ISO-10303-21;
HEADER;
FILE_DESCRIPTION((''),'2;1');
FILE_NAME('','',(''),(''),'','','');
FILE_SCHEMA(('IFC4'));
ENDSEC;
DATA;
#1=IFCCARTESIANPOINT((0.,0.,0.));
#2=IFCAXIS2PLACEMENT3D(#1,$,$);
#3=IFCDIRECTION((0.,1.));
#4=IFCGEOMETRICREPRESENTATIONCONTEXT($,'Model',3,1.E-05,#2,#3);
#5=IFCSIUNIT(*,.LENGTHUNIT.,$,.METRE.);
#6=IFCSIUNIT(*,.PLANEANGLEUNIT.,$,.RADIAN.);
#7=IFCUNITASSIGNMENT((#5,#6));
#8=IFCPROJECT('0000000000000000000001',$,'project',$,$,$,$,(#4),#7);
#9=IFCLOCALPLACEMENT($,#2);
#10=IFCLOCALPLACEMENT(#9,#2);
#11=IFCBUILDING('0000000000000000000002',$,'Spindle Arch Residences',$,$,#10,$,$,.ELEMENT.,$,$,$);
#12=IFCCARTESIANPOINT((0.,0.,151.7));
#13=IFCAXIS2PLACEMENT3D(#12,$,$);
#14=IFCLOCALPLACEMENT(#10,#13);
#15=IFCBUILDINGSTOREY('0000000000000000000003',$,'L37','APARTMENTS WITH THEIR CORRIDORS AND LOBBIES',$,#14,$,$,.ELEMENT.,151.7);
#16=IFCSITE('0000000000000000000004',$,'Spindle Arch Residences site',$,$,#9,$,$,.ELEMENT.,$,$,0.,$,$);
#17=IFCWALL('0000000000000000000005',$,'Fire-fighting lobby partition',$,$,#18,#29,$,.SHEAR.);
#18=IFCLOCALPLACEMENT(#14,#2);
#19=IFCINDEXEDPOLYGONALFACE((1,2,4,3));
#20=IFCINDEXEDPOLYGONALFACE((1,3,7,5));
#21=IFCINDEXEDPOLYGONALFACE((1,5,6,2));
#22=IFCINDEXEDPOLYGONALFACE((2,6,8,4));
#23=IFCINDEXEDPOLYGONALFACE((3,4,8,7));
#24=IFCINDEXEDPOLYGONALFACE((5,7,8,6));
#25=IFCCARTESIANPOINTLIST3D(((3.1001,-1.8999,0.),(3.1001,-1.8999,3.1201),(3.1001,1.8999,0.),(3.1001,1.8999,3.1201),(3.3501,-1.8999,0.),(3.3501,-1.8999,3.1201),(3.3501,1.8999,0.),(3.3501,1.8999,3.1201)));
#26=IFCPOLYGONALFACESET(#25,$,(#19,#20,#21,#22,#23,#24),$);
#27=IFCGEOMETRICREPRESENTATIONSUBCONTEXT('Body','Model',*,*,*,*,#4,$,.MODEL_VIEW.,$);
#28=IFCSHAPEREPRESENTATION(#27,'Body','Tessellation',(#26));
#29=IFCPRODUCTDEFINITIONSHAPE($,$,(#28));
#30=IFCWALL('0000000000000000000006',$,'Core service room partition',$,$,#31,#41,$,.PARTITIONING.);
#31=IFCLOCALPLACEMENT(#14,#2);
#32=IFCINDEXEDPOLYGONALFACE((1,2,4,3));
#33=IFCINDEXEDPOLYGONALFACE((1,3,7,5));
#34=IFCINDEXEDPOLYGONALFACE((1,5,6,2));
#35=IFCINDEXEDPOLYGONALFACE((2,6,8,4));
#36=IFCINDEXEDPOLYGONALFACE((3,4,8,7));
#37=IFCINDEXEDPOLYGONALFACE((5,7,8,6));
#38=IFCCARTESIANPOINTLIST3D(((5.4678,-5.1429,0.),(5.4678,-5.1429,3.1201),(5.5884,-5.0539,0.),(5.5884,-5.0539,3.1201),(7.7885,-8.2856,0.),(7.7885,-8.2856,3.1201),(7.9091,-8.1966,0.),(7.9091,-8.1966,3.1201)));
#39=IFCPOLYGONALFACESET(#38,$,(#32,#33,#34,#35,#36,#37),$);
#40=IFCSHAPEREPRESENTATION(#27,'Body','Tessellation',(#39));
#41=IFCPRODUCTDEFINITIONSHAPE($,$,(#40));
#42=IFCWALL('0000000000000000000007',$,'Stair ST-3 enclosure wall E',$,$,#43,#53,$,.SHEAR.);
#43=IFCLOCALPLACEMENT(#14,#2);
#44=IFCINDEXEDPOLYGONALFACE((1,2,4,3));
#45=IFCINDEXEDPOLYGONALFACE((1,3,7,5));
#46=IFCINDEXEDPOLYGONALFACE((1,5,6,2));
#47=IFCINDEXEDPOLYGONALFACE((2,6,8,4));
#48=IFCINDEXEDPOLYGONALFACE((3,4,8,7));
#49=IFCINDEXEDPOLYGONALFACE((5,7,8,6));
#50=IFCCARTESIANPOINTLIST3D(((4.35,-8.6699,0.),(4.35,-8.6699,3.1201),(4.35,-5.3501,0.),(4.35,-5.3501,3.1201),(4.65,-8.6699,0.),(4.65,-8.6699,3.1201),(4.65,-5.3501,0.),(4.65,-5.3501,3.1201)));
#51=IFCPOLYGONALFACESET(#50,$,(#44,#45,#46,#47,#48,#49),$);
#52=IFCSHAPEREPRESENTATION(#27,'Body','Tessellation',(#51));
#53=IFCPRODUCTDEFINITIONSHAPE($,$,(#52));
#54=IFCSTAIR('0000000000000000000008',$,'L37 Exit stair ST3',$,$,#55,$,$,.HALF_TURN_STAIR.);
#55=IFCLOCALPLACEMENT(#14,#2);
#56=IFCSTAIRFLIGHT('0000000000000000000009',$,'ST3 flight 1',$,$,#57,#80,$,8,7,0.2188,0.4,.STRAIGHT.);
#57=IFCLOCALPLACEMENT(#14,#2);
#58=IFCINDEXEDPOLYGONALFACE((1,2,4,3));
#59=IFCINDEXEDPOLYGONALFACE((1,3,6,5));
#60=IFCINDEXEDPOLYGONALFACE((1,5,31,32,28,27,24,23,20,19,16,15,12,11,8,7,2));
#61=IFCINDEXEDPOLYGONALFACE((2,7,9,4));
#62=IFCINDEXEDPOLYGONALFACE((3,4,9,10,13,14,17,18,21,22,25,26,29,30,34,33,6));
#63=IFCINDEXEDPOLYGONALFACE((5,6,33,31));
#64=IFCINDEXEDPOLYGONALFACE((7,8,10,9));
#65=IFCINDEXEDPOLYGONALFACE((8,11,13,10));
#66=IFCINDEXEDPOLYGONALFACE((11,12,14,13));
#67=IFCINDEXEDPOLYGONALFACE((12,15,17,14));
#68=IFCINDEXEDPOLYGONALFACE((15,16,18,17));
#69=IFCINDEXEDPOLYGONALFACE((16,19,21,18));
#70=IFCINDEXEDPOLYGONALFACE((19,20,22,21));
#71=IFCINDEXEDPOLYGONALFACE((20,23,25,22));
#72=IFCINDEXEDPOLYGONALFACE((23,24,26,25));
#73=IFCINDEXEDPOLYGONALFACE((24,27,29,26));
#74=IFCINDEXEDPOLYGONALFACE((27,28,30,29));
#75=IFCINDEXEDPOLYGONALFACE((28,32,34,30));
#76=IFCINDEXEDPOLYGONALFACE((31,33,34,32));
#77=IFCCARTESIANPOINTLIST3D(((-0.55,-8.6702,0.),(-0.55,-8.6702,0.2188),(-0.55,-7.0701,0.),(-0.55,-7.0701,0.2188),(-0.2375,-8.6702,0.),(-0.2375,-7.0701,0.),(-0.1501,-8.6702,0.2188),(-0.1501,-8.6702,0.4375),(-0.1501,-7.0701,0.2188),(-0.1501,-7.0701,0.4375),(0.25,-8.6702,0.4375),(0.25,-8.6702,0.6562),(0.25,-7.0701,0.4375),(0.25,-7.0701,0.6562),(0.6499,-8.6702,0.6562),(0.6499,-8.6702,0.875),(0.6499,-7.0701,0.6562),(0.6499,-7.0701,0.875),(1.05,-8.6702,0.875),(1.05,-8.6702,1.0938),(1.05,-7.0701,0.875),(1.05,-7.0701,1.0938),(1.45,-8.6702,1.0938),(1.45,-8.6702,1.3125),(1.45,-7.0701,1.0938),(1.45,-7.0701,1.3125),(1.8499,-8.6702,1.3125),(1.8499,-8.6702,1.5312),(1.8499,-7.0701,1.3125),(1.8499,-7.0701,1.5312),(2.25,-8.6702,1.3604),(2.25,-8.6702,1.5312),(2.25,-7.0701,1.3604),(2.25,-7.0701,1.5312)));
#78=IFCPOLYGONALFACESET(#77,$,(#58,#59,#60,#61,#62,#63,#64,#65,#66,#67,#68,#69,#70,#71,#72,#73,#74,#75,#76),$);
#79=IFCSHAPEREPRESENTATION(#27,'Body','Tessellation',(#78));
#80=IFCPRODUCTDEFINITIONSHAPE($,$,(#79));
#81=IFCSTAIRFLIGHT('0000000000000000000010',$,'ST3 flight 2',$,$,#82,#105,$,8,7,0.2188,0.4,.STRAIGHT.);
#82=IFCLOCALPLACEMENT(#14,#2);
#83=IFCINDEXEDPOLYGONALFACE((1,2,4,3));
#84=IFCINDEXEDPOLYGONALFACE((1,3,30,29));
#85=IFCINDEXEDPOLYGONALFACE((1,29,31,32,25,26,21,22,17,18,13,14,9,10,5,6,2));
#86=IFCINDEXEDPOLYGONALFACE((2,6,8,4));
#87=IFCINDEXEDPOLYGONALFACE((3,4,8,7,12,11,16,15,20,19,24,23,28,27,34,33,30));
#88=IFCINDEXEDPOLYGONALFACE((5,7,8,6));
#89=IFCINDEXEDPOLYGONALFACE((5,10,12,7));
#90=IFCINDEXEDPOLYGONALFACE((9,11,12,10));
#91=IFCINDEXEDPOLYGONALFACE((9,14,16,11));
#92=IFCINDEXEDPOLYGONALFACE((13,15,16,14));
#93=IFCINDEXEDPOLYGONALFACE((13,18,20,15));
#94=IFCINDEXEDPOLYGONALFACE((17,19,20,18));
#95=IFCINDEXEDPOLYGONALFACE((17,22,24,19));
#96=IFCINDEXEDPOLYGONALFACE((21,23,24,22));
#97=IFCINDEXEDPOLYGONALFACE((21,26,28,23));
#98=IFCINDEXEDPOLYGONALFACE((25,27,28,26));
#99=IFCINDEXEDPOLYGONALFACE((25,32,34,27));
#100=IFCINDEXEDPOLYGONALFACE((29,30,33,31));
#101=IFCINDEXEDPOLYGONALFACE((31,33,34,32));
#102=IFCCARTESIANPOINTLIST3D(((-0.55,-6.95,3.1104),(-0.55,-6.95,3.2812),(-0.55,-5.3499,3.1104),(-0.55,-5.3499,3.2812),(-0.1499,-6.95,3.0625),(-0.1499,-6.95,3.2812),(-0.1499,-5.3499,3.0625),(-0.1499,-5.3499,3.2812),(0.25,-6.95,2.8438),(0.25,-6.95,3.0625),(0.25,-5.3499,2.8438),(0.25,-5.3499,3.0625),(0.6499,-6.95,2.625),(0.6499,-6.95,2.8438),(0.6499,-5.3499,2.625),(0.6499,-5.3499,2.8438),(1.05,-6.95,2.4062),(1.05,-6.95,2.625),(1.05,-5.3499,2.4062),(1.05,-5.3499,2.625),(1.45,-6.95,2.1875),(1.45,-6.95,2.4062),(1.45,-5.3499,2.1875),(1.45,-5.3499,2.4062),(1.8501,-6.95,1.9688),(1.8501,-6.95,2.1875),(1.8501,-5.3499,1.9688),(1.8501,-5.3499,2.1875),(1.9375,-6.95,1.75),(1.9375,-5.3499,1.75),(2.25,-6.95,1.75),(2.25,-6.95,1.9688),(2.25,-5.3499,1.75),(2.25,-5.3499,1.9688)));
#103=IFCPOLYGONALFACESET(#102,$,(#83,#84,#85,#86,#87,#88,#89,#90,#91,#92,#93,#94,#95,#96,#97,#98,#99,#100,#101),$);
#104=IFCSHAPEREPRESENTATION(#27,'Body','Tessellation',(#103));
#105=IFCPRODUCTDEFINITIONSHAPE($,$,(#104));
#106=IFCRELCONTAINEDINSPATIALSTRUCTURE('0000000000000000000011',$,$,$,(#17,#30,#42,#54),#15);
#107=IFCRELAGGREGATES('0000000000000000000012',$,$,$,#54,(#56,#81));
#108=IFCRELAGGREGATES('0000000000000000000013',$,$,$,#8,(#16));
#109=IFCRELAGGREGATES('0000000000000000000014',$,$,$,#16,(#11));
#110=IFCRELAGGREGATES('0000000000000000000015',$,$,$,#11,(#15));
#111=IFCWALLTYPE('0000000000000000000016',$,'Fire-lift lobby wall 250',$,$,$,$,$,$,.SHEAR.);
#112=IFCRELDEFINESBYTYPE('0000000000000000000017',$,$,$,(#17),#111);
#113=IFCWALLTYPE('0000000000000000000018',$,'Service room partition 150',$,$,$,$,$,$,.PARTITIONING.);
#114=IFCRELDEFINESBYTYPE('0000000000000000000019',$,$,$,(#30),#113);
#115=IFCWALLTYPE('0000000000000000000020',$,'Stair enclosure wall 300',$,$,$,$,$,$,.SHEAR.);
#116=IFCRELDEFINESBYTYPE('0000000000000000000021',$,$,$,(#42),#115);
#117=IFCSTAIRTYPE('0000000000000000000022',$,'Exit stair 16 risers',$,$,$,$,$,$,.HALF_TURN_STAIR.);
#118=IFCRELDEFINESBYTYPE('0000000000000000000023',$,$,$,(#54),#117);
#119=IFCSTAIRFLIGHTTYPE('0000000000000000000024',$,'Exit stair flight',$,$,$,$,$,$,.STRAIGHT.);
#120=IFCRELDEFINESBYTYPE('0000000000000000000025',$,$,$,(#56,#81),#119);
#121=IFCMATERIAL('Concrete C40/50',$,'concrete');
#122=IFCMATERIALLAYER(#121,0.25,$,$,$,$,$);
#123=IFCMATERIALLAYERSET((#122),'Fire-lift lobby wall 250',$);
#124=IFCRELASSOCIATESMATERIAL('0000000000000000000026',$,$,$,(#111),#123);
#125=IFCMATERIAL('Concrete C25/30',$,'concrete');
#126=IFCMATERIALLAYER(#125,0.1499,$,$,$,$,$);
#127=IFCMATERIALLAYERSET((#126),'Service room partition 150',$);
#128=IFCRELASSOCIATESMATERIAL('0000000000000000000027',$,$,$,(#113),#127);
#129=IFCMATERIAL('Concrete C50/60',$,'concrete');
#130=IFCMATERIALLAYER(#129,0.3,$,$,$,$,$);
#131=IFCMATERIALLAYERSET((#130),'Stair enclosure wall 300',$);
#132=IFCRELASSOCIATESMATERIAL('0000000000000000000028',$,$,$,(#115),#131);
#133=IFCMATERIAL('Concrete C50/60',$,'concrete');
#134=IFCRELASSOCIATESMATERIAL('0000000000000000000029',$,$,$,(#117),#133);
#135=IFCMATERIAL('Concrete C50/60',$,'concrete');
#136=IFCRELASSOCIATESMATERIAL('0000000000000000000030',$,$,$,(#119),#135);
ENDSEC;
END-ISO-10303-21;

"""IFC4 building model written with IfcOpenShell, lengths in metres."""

from ifc_helpers import new_model, si_unit, direction, frame, frame_2d, origin, place, context, subcontext, project, spatial, polyline, rectangle, outline, extrude, material, layer, layer_set, type_object, element, aggregate, save


model = new_model("IFC4")

# Units and contexts
model_context = context("Model", 3, precision=1e-05, world=origin(), true_north=direction((0.0, 1.0)))
body_context = subcontext(model_context, "Body", "Model", "MODEL_VIEW")
ifc_project = project(units=[si_unit("LENGTHUNIT", "METRE"), si_unit("PLANEANGLEUNIT", "RADIAN")], contexts=[model_context])

# Site, building, storey
site_placement = place(None, origin())
site = spatial("IfcSite", under=ifc_project, at=site_placement, Name="Spindle Arch Residences site", CompositionType="ELEMENT", RefElevation=0.0)
building_placement = place(site_placement, origin())
building = spatial("IfcBuilding", under=site, at=building_placement, Name="Spindle Arch Residences", CompositionType="ELEMENT")
storey_placement = place(building_placement, frame((0.0, 0.0, 151.7)))
storey = spatial("IfcBuildingStorey", under=building, at=storey_placement, Name="L37", Description="APARTMENTS WITH THEIR CORRIDORS AND LOBBIES", CompositionType="ELEMENT", Elevation=151.7)

# Wall
ifc_material_1 = material(Name="Concrete C40/50", Category="concrete")
ifc_layer_1 = layer(ifc_material_1, 0.25)
ifc_layer_set_1 = layer_set([ifc_layer_1], Name="Fire-lift lobby wall 250")
wall_type_1 = type_object("IfcWallType", Name="Fire-lift lobby wall 250", PredefinedType="SHEAR", material=ifc_layer_set_1)
wall_1_placement = place(storey_placement, frame((3.2251, -1.8999, 0.0), z_axis=(0.0, 0.0, 1.0), x_axis=(0.0, 1.0, 0.0)))
element("IfcWall", 1, at=wall_1_placement, inside=storey, type_object=wall_type_1, Name="Fire-fighting lobby partition", PredefinedType="SHEAR", context=body_context, shape_type="SweptSolid", body=[
    extrude(rectangle(XDim=3.7998, YDim=0.25, at=frame_2d((1.8999, 0.0))), origin(), (0.0, 0.0, 1.0), 3.1201),
])

# Walls
ifc_material_2 = material(Name="Concrete C25/30", Category="concrete")
ifc_layer_2 = layer(ifc_material_2, 0.1499)
ifc_layer_set_2 = layer_set([ifc_layer_2], Name="Service room partition 150")
wall_type_2 = type_object("IfcWallType", Name="Service room partition 150", PredefinedType="PARTITIONING", material=ifc_layer_set_2)
wall_2_placement = place(storey_placement, frame((5.5281, -5.0984, 0.0), z_axis=(0.0, 0.0, 1.0), x_axis=(0.594034, -0.80444, 0.0)))
element("IfcWall", 2, at=wall_2_placement, inside=storey, type_object=wall_type_2, Name="Core service room partition", PredefinedType="PARTITIONING", context=body_context, shape_type="SweptSolid", body=[
    extrude(rectangle(XDim=3.9067, YDim=0.1499, at=frame_2d((1.9534, 0.0))), origin(), (0.0, 0.0, 1.0), 3.1201),
])
ifc_material_3 = material(Name="Concrete C50/60", Category="concrete")
ifc_layer_3 = layer(ifc_material_3, 0.3)
ifc_layer_set_3 = layer_set([ifc_layer_3], Name="Stair enclosure wall 300")
wall_type_3 = type_object("IfcWallType", Name="Stair enclosure wall 300", PredefinedType="SHEAR", material=ifc_layer_set_3)
wall_3_placement = place(storey_placement, frame((4.5, -8.6699, 0.0), z_axis=(0.0, 0.0, 1.0), x_axis=(0.0, 1.0, 0.0)))
element("IfcWall", 3, at=wall_3_placement, inside=storey, type_object=wall_type_3, Name="Stair ST-3 enclosure wall E", PredefinedType="SHEAR", context=body_context, shape_type="SweptSolid", body=[
    extrude(rectangle(XDim=3.3198, YDim=0.3, at=frame_2d((1.6599, 0.0))), origin(), (0.0, 0.0, 1.0), 3.1201),
])

# Stair, stair flights
ifc_material_4 = material(Name="Concrete C50/60", Category="concrete")
stair_type = type_object("IfcStairType", Name="Exit stair 16 risers", PredefinedType="HALF_TURN_STAIR", material=ifc_material_4)
stair_placement = place(storey_placement, origin())
stair = element("IfcStair", 4, at=stair_placement, inside=storey, type_object=stair_type, Name="L37 Exit stair ST3", PredefinedType="HALF_TURN_STAIR")
ifc_material_5 = material(Name="Concrete C50/60", Category="concrete")
stair_flight_type = type_object("IfcStairFlightType", Name="Exit stair flight", PredefinedType="STRAIGHT", material=ifc_material_5)
stair_flight_1_placement = place(storey_placement, frame((-0.55, -7.8701, 0.0), z_axis=(0.0, 0.0, 1.0), x_axis=(1.0, 0.0, 0.0)))
stair_flight_1 = element("IfcStairFlight", 5, at=stair_flight_1_placement, type_object=stair_flight_type, Name="ST3 flight 1", NumberOfRisers=8, NumberOfTreads=7, PredefinedType="STRAIGHT", RiserHeight=0.2188, TreadLength=0.4, context=body_context, shape_type="SweptSolid", body=[
    extrude(outline(polyline([(0.0, 0.0), (0.0, 0.2188), (0.3999, 0.2188), (0.3999, 0.4375), (0.8, 0.4375), (0.8, 0.6562), (1.2, 0.6562), (1.2, 0.875), (1.6001, 0.875), (1.6001, 1.0938), (2.0, 1.0938), (2.0, 1.3125), (2.3999, 1.3125), (2.3999, 1.5312), (2.8, 1.5312), (2.8, 1.75), (2.8, 1.3604), (0.3125, 0.0), (0.0, 0.0)])), frame((0.0, 0.8, 0.0), z_axis=(0.0, -1.0, 0.0), x_axis=(1.0, 0.0, 0.0)), (0.0, 0.0, 1.0), 1.6001),
])
stair_flight_2_placement = place(storey_placement, frame((2.25, -6.1499, 1.75), z_axis=(0.0, 0.0, 1.0), x_axis=(-1.0, 0.0, 0.0)))
stair_flight_2 = element("IfcStairFlight", 6, at=stair_flight_2_placement, type_object=stair_flight_type, Name="ST3 flight 2", NumberOfRisers=8, NumberOfTreads=7, PredefinedType="STRAIGHT", RiserHeight=0.2188, TreadLength=0.4, context=body_context, shape_type="SweptSolid", body=[
    extrude(outline(polyline([(0.0, 0.0), (0.0, 0.2188), (0.3999, 0.2188), (0.3999, 0.4375), (0.8, 0.4375), (0.8, 0.6562), (1.2, 0.6562), (1.2, 0.875), (1.6001, 0.875), (1.6001, 1.0938), (2.0, 1.0938), (2.0, 1.3125), (2.3999, 1.3125), (2.3999, 1.5312), (2.8, 1.5312), (2.8, 1.75), (2.8, 1.3604), (0.3125, 0.0), (0.0, 0.0)])), frame((0.0, 0.8, 0.0), z_axis=(0.0, -1.0, 0.0), x_axis=(1.0, 0.0, 0.0)), (0.0, 0.0, 1.0), 1.6001),
])
aggregate(stair, [stair_flight_1, stair_flight_2])

save(model, "model.ifc")
